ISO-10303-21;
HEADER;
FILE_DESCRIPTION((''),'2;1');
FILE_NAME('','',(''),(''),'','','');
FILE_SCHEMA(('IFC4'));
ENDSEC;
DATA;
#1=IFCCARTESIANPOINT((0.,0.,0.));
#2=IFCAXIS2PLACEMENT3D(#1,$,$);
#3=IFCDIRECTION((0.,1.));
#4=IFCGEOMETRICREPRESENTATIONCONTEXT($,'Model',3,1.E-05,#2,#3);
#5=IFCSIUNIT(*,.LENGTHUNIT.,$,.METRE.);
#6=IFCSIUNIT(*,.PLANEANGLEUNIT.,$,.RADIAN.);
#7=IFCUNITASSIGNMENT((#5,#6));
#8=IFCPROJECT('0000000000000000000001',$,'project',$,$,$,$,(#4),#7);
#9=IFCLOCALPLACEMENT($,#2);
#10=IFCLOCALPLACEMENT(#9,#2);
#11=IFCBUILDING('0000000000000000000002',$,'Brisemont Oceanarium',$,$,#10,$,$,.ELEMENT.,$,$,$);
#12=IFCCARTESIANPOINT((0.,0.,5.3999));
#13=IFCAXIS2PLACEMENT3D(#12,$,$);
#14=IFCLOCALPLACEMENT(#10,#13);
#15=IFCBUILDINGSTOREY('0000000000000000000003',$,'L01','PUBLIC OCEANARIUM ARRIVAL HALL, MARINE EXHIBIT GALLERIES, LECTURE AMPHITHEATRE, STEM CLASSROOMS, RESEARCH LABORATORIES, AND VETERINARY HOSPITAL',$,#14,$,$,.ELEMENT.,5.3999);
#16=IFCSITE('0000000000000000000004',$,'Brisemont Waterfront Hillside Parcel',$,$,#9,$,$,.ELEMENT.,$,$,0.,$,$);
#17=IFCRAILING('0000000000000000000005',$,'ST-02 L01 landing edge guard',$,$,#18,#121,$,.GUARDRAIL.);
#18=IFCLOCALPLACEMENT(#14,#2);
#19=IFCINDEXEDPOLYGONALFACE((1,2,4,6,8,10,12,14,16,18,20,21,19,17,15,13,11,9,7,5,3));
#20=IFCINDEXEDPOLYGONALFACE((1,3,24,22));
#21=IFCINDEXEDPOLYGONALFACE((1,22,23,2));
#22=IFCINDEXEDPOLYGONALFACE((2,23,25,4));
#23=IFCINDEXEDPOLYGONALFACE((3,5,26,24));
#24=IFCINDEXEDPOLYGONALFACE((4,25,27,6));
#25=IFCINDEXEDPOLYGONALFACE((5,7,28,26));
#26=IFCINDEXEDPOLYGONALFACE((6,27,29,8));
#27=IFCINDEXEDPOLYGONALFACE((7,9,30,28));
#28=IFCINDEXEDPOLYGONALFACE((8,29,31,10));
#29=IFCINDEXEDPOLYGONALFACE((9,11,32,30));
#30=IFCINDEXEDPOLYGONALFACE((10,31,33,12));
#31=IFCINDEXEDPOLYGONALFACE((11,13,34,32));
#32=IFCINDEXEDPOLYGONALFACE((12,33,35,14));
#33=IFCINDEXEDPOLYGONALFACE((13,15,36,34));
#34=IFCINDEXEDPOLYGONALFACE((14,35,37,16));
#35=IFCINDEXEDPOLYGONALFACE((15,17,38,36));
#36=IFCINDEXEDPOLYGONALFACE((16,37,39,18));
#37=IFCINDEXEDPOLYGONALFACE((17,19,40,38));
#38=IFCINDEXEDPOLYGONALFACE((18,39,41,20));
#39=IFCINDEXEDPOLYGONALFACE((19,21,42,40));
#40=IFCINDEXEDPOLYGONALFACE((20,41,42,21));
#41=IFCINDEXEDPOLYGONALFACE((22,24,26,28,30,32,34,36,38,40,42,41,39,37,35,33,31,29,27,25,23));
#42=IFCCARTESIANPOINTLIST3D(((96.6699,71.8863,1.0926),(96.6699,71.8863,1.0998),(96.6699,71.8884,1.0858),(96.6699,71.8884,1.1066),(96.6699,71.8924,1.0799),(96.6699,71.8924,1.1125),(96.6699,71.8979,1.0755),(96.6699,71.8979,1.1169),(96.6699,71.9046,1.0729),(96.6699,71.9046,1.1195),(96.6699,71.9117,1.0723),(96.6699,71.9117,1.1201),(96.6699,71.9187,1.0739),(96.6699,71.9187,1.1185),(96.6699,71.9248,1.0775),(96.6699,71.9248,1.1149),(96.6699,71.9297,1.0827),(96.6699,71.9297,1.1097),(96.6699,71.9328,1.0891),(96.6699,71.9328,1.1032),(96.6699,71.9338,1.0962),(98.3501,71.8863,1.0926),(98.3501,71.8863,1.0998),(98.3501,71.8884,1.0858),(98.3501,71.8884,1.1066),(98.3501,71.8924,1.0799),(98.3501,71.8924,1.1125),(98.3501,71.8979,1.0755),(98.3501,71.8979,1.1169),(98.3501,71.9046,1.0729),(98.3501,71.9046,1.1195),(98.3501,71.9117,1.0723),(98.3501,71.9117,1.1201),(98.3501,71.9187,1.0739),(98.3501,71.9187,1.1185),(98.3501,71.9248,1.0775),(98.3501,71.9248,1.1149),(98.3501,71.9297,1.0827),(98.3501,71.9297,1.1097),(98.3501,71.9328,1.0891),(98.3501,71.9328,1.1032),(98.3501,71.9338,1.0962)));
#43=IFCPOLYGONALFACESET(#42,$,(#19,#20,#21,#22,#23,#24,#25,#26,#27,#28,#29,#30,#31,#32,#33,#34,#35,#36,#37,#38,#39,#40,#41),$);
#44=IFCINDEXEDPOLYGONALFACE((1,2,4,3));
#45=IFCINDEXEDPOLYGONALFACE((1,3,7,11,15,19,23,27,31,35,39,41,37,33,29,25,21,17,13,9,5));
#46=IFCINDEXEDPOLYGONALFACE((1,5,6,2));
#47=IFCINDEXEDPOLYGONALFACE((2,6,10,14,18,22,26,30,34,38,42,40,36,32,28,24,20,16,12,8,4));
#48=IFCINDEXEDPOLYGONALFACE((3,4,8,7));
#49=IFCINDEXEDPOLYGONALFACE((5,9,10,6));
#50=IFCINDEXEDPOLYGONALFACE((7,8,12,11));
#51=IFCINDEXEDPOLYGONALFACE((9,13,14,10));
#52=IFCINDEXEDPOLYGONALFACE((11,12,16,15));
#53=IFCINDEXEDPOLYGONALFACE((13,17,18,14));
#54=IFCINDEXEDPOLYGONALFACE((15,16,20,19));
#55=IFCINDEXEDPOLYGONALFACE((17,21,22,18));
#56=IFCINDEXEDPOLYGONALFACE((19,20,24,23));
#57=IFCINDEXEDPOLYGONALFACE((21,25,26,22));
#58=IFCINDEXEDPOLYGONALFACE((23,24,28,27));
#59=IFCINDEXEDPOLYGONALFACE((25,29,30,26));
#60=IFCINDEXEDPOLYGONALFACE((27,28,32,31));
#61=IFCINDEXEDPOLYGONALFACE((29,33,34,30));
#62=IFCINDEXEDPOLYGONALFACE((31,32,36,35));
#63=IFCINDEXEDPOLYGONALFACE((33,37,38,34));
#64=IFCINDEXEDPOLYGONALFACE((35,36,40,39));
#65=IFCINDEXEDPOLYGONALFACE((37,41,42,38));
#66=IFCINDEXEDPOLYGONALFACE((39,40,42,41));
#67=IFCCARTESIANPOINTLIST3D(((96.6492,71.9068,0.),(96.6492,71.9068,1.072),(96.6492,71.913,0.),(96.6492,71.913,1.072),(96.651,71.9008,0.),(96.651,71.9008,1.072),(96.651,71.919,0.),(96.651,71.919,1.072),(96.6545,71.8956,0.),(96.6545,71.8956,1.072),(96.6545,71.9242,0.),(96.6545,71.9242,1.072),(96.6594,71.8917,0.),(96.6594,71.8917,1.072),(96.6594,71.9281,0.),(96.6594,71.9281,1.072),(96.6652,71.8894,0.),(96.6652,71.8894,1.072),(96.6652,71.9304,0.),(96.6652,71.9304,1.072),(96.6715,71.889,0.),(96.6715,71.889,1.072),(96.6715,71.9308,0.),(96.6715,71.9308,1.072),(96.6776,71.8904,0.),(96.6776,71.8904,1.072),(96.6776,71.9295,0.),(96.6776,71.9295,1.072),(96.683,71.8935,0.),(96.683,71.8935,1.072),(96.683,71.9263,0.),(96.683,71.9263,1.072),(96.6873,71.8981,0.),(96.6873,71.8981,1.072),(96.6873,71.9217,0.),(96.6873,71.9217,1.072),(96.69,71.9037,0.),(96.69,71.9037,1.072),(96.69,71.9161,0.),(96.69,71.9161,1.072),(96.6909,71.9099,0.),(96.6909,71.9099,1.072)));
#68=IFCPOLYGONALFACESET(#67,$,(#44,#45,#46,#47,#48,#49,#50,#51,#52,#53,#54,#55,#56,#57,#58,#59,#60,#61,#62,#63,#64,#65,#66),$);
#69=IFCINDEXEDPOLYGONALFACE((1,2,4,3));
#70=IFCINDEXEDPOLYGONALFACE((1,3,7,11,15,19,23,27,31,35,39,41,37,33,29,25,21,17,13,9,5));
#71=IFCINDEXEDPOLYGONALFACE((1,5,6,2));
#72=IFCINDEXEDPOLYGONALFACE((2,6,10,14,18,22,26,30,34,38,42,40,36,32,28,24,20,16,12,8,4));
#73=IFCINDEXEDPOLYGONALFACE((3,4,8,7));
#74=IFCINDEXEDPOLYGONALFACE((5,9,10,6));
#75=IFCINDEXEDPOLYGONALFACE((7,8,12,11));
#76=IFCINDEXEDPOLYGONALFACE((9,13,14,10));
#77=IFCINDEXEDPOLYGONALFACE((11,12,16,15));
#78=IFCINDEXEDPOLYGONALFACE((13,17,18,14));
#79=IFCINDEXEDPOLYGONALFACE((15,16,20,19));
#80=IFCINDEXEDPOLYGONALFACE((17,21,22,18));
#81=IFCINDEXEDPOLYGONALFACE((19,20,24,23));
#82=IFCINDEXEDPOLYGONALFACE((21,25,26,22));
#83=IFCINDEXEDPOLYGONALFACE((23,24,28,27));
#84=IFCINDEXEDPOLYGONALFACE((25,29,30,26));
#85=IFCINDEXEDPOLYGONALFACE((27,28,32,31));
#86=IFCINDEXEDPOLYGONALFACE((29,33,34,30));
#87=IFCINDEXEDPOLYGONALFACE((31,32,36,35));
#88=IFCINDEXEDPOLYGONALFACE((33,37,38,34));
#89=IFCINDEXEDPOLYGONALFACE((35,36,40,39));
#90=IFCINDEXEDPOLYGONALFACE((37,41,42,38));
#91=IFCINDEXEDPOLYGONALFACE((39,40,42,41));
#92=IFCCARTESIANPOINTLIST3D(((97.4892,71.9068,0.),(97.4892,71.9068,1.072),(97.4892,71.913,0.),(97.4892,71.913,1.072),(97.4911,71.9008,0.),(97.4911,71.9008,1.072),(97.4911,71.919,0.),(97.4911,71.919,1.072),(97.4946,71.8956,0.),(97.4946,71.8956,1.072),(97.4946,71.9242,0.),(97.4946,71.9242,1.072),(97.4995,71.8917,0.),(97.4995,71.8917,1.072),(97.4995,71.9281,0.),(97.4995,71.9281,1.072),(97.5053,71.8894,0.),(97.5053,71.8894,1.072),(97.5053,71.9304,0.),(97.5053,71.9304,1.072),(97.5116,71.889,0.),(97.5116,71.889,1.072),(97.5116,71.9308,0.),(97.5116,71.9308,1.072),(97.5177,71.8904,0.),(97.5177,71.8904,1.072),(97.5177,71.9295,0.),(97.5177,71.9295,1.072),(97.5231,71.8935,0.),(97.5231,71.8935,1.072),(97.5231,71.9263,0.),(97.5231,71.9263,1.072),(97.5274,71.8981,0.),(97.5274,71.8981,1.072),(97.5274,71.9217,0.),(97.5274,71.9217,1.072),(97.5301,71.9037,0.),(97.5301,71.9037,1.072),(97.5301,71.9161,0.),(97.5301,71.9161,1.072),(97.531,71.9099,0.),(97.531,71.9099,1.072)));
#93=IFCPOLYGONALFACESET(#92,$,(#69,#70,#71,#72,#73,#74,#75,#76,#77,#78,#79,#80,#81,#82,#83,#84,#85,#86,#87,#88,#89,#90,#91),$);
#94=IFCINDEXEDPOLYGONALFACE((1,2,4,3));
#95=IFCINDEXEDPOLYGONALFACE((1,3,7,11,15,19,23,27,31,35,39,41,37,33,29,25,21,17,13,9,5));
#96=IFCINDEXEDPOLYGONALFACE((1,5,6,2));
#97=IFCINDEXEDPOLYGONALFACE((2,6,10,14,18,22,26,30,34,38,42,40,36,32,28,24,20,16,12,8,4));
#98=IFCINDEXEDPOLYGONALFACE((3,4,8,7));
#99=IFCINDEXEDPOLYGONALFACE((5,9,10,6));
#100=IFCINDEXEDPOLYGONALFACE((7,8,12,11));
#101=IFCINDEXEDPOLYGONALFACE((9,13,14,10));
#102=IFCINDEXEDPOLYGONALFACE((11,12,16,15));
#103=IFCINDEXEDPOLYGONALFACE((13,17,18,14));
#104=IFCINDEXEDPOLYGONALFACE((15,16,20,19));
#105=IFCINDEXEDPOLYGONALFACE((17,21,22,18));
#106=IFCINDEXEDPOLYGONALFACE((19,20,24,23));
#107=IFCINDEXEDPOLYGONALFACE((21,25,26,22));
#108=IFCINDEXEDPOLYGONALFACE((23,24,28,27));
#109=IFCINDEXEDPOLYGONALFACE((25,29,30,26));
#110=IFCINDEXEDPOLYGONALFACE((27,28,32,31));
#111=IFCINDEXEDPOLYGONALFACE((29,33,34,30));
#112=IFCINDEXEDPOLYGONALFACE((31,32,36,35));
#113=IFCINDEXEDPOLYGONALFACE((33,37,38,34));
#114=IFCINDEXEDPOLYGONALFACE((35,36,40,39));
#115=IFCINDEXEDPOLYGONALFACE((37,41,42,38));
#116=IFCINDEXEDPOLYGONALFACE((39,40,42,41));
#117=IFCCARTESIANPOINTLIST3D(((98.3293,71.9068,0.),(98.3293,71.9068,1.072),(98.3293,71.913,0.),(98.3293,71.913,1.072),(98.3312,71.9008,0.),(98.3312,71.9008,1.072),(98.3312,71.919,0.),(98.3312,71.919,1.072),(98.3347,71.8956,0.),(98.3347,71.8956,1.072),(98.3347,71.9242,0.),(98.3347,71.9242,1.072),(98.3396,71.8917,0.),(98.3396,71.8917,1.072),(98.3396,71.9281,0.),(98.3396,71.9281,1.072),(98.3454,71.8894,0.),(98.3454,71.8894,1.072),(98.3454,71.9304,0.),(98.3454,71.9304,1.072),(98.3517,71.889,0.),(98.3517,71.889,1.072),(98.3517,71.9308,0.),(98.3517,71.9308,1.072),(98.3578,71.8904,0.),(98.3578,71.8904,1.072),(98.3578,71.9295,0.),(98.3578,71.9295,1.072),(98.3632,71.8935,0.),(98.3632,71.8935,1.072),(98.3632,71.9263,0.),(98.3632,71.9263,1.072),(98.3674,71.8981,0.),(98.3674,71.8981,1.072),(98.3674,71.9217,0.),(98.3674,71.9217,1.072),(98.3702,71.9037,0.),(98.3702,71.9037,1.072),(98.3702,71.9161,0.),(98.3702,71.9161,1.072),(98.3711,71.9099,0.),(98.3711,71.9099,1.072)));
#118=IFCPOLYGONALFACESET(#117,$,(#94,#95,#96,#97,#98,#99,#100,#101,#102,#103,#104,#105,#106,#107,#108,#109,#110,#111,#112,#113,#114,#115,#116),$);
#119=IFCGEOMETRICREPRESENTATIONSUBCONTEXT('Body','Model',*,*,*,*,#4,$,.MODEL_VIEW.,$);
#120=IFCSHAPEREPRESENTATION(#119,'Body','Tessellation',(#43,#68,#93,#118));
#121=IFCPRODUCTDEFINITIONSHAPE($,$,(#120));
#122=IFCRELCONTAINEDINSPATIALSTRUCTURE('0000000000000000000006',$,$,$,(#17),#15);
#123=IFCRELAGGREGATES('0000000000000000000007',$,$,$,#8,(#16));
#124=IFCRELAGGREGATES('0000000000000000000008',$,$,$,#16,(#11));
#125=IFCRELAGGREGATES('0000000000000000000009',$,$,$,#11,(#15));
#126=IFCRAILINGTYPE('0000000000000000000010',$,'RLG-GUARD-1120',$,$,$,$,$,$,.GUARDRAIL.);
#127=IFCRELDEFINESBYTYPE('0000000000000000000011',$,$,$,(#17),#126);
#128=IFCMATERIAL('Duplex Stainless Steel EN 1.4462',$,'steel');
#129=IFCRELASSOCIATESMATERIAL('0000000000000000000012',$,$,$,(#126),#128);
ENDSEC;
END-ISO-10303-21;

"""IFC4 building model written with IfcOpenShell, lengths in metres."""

from ifc_helpers import new_model, si_unit, direction, frame, origin, origin_2d, place, context, subcontext, project, spatial, circle, extrude, material, type_object, element, save


model = new_model("IFC4")

# Units and contexts
model_context = context("Model", 3, precision=1e-05, world=origin(), true_north=direction((0.0, 1.0)))
body_context = subcontext(model_context, "Body", "Model", "MODEL_VIEW")
ifc_project = project(units=[si_unit("LENGTHUNIT", "METRE"), si_unit("PLANEANGLEUNIT", "RADIAN")], contexts=[model_context])

# Site, building, storey
site_placement = place(None, origin())
site = spatial("IfcSite", under=ifc_project, at=site_placement, Name="Brisemont Waterfront Hillside Parcel", CompositionType="ELEMENT", RefElevation=0.0)
building_placement = place(site_placement, origin())
building = spatial("IfcBuilding", under=site, at=building_placement, Name="Brisemont Oceanarium", CompositionType="ELEMENT")
storey_placement = place(building_placement, frame((0.0, 0.0, 5.3999)))
storey = spatial("IfcBuildingStorey", under=building, at=storey_placement, Name="L01", Description="PUBLIC OCEANARIUM ARRIVAL HALL, MARINE EXHIBIT GALLERIES, LECTURE AMPHITHEATRE, STEM CLASSROOMS, RESEARCH LABORATORIES, AND VETERINARY HOSPITAL", CompositionType="ELEMENT", Elevation=5.3999)

# Railing
ifc_material_1 = material(Name="Duplex Stainless Steel EN 1.4462", Category="steel")
railing_type_1 = type_object("IfcRailingType", Name="RLG-GUARD-1120", PredefinedType="GUARDRAIL", material=ifc_material_1)
railing_1_placement = place(storey_placement, frame((96.6699, 71.9099, 0.0)))
element("IfcRailing", 1, at=railing_1_placement, inside=storey, type_object=railing_type_1, Name="ST-02 L01 landing edge guard", PredefinedType="GUARDRAIL", context=body_context, shape_type="SweptSolid", body=[
    extrude(circle(Radius=0.0239, at=origin_2d()), frame((0.0, 0.0, 1.0962), z_axis=(1.0, 0.0, 0.0), x_axis=(0.0, 1.0, 0.0)), (0.0, 0.0, 1.0), 1.6802),
    extrude(circle(Radius=0.021, at=origin_2d()), origin(), (0.0, 0.0, 1.0), 1.072),
    extrude(circle(Radius=0.021, at=origin_2d()), frame((0.8401, 0.0, 0.0)), (0.0, 0.0, 1.0), 1.072),
    extrude(circle(Radius=0.021, at=origin_2d()), frame((1.6802, 0.0, 0.0)), (0.0, 0.0, 1.0), 1.072),
])

save(model, "model.ifc")
